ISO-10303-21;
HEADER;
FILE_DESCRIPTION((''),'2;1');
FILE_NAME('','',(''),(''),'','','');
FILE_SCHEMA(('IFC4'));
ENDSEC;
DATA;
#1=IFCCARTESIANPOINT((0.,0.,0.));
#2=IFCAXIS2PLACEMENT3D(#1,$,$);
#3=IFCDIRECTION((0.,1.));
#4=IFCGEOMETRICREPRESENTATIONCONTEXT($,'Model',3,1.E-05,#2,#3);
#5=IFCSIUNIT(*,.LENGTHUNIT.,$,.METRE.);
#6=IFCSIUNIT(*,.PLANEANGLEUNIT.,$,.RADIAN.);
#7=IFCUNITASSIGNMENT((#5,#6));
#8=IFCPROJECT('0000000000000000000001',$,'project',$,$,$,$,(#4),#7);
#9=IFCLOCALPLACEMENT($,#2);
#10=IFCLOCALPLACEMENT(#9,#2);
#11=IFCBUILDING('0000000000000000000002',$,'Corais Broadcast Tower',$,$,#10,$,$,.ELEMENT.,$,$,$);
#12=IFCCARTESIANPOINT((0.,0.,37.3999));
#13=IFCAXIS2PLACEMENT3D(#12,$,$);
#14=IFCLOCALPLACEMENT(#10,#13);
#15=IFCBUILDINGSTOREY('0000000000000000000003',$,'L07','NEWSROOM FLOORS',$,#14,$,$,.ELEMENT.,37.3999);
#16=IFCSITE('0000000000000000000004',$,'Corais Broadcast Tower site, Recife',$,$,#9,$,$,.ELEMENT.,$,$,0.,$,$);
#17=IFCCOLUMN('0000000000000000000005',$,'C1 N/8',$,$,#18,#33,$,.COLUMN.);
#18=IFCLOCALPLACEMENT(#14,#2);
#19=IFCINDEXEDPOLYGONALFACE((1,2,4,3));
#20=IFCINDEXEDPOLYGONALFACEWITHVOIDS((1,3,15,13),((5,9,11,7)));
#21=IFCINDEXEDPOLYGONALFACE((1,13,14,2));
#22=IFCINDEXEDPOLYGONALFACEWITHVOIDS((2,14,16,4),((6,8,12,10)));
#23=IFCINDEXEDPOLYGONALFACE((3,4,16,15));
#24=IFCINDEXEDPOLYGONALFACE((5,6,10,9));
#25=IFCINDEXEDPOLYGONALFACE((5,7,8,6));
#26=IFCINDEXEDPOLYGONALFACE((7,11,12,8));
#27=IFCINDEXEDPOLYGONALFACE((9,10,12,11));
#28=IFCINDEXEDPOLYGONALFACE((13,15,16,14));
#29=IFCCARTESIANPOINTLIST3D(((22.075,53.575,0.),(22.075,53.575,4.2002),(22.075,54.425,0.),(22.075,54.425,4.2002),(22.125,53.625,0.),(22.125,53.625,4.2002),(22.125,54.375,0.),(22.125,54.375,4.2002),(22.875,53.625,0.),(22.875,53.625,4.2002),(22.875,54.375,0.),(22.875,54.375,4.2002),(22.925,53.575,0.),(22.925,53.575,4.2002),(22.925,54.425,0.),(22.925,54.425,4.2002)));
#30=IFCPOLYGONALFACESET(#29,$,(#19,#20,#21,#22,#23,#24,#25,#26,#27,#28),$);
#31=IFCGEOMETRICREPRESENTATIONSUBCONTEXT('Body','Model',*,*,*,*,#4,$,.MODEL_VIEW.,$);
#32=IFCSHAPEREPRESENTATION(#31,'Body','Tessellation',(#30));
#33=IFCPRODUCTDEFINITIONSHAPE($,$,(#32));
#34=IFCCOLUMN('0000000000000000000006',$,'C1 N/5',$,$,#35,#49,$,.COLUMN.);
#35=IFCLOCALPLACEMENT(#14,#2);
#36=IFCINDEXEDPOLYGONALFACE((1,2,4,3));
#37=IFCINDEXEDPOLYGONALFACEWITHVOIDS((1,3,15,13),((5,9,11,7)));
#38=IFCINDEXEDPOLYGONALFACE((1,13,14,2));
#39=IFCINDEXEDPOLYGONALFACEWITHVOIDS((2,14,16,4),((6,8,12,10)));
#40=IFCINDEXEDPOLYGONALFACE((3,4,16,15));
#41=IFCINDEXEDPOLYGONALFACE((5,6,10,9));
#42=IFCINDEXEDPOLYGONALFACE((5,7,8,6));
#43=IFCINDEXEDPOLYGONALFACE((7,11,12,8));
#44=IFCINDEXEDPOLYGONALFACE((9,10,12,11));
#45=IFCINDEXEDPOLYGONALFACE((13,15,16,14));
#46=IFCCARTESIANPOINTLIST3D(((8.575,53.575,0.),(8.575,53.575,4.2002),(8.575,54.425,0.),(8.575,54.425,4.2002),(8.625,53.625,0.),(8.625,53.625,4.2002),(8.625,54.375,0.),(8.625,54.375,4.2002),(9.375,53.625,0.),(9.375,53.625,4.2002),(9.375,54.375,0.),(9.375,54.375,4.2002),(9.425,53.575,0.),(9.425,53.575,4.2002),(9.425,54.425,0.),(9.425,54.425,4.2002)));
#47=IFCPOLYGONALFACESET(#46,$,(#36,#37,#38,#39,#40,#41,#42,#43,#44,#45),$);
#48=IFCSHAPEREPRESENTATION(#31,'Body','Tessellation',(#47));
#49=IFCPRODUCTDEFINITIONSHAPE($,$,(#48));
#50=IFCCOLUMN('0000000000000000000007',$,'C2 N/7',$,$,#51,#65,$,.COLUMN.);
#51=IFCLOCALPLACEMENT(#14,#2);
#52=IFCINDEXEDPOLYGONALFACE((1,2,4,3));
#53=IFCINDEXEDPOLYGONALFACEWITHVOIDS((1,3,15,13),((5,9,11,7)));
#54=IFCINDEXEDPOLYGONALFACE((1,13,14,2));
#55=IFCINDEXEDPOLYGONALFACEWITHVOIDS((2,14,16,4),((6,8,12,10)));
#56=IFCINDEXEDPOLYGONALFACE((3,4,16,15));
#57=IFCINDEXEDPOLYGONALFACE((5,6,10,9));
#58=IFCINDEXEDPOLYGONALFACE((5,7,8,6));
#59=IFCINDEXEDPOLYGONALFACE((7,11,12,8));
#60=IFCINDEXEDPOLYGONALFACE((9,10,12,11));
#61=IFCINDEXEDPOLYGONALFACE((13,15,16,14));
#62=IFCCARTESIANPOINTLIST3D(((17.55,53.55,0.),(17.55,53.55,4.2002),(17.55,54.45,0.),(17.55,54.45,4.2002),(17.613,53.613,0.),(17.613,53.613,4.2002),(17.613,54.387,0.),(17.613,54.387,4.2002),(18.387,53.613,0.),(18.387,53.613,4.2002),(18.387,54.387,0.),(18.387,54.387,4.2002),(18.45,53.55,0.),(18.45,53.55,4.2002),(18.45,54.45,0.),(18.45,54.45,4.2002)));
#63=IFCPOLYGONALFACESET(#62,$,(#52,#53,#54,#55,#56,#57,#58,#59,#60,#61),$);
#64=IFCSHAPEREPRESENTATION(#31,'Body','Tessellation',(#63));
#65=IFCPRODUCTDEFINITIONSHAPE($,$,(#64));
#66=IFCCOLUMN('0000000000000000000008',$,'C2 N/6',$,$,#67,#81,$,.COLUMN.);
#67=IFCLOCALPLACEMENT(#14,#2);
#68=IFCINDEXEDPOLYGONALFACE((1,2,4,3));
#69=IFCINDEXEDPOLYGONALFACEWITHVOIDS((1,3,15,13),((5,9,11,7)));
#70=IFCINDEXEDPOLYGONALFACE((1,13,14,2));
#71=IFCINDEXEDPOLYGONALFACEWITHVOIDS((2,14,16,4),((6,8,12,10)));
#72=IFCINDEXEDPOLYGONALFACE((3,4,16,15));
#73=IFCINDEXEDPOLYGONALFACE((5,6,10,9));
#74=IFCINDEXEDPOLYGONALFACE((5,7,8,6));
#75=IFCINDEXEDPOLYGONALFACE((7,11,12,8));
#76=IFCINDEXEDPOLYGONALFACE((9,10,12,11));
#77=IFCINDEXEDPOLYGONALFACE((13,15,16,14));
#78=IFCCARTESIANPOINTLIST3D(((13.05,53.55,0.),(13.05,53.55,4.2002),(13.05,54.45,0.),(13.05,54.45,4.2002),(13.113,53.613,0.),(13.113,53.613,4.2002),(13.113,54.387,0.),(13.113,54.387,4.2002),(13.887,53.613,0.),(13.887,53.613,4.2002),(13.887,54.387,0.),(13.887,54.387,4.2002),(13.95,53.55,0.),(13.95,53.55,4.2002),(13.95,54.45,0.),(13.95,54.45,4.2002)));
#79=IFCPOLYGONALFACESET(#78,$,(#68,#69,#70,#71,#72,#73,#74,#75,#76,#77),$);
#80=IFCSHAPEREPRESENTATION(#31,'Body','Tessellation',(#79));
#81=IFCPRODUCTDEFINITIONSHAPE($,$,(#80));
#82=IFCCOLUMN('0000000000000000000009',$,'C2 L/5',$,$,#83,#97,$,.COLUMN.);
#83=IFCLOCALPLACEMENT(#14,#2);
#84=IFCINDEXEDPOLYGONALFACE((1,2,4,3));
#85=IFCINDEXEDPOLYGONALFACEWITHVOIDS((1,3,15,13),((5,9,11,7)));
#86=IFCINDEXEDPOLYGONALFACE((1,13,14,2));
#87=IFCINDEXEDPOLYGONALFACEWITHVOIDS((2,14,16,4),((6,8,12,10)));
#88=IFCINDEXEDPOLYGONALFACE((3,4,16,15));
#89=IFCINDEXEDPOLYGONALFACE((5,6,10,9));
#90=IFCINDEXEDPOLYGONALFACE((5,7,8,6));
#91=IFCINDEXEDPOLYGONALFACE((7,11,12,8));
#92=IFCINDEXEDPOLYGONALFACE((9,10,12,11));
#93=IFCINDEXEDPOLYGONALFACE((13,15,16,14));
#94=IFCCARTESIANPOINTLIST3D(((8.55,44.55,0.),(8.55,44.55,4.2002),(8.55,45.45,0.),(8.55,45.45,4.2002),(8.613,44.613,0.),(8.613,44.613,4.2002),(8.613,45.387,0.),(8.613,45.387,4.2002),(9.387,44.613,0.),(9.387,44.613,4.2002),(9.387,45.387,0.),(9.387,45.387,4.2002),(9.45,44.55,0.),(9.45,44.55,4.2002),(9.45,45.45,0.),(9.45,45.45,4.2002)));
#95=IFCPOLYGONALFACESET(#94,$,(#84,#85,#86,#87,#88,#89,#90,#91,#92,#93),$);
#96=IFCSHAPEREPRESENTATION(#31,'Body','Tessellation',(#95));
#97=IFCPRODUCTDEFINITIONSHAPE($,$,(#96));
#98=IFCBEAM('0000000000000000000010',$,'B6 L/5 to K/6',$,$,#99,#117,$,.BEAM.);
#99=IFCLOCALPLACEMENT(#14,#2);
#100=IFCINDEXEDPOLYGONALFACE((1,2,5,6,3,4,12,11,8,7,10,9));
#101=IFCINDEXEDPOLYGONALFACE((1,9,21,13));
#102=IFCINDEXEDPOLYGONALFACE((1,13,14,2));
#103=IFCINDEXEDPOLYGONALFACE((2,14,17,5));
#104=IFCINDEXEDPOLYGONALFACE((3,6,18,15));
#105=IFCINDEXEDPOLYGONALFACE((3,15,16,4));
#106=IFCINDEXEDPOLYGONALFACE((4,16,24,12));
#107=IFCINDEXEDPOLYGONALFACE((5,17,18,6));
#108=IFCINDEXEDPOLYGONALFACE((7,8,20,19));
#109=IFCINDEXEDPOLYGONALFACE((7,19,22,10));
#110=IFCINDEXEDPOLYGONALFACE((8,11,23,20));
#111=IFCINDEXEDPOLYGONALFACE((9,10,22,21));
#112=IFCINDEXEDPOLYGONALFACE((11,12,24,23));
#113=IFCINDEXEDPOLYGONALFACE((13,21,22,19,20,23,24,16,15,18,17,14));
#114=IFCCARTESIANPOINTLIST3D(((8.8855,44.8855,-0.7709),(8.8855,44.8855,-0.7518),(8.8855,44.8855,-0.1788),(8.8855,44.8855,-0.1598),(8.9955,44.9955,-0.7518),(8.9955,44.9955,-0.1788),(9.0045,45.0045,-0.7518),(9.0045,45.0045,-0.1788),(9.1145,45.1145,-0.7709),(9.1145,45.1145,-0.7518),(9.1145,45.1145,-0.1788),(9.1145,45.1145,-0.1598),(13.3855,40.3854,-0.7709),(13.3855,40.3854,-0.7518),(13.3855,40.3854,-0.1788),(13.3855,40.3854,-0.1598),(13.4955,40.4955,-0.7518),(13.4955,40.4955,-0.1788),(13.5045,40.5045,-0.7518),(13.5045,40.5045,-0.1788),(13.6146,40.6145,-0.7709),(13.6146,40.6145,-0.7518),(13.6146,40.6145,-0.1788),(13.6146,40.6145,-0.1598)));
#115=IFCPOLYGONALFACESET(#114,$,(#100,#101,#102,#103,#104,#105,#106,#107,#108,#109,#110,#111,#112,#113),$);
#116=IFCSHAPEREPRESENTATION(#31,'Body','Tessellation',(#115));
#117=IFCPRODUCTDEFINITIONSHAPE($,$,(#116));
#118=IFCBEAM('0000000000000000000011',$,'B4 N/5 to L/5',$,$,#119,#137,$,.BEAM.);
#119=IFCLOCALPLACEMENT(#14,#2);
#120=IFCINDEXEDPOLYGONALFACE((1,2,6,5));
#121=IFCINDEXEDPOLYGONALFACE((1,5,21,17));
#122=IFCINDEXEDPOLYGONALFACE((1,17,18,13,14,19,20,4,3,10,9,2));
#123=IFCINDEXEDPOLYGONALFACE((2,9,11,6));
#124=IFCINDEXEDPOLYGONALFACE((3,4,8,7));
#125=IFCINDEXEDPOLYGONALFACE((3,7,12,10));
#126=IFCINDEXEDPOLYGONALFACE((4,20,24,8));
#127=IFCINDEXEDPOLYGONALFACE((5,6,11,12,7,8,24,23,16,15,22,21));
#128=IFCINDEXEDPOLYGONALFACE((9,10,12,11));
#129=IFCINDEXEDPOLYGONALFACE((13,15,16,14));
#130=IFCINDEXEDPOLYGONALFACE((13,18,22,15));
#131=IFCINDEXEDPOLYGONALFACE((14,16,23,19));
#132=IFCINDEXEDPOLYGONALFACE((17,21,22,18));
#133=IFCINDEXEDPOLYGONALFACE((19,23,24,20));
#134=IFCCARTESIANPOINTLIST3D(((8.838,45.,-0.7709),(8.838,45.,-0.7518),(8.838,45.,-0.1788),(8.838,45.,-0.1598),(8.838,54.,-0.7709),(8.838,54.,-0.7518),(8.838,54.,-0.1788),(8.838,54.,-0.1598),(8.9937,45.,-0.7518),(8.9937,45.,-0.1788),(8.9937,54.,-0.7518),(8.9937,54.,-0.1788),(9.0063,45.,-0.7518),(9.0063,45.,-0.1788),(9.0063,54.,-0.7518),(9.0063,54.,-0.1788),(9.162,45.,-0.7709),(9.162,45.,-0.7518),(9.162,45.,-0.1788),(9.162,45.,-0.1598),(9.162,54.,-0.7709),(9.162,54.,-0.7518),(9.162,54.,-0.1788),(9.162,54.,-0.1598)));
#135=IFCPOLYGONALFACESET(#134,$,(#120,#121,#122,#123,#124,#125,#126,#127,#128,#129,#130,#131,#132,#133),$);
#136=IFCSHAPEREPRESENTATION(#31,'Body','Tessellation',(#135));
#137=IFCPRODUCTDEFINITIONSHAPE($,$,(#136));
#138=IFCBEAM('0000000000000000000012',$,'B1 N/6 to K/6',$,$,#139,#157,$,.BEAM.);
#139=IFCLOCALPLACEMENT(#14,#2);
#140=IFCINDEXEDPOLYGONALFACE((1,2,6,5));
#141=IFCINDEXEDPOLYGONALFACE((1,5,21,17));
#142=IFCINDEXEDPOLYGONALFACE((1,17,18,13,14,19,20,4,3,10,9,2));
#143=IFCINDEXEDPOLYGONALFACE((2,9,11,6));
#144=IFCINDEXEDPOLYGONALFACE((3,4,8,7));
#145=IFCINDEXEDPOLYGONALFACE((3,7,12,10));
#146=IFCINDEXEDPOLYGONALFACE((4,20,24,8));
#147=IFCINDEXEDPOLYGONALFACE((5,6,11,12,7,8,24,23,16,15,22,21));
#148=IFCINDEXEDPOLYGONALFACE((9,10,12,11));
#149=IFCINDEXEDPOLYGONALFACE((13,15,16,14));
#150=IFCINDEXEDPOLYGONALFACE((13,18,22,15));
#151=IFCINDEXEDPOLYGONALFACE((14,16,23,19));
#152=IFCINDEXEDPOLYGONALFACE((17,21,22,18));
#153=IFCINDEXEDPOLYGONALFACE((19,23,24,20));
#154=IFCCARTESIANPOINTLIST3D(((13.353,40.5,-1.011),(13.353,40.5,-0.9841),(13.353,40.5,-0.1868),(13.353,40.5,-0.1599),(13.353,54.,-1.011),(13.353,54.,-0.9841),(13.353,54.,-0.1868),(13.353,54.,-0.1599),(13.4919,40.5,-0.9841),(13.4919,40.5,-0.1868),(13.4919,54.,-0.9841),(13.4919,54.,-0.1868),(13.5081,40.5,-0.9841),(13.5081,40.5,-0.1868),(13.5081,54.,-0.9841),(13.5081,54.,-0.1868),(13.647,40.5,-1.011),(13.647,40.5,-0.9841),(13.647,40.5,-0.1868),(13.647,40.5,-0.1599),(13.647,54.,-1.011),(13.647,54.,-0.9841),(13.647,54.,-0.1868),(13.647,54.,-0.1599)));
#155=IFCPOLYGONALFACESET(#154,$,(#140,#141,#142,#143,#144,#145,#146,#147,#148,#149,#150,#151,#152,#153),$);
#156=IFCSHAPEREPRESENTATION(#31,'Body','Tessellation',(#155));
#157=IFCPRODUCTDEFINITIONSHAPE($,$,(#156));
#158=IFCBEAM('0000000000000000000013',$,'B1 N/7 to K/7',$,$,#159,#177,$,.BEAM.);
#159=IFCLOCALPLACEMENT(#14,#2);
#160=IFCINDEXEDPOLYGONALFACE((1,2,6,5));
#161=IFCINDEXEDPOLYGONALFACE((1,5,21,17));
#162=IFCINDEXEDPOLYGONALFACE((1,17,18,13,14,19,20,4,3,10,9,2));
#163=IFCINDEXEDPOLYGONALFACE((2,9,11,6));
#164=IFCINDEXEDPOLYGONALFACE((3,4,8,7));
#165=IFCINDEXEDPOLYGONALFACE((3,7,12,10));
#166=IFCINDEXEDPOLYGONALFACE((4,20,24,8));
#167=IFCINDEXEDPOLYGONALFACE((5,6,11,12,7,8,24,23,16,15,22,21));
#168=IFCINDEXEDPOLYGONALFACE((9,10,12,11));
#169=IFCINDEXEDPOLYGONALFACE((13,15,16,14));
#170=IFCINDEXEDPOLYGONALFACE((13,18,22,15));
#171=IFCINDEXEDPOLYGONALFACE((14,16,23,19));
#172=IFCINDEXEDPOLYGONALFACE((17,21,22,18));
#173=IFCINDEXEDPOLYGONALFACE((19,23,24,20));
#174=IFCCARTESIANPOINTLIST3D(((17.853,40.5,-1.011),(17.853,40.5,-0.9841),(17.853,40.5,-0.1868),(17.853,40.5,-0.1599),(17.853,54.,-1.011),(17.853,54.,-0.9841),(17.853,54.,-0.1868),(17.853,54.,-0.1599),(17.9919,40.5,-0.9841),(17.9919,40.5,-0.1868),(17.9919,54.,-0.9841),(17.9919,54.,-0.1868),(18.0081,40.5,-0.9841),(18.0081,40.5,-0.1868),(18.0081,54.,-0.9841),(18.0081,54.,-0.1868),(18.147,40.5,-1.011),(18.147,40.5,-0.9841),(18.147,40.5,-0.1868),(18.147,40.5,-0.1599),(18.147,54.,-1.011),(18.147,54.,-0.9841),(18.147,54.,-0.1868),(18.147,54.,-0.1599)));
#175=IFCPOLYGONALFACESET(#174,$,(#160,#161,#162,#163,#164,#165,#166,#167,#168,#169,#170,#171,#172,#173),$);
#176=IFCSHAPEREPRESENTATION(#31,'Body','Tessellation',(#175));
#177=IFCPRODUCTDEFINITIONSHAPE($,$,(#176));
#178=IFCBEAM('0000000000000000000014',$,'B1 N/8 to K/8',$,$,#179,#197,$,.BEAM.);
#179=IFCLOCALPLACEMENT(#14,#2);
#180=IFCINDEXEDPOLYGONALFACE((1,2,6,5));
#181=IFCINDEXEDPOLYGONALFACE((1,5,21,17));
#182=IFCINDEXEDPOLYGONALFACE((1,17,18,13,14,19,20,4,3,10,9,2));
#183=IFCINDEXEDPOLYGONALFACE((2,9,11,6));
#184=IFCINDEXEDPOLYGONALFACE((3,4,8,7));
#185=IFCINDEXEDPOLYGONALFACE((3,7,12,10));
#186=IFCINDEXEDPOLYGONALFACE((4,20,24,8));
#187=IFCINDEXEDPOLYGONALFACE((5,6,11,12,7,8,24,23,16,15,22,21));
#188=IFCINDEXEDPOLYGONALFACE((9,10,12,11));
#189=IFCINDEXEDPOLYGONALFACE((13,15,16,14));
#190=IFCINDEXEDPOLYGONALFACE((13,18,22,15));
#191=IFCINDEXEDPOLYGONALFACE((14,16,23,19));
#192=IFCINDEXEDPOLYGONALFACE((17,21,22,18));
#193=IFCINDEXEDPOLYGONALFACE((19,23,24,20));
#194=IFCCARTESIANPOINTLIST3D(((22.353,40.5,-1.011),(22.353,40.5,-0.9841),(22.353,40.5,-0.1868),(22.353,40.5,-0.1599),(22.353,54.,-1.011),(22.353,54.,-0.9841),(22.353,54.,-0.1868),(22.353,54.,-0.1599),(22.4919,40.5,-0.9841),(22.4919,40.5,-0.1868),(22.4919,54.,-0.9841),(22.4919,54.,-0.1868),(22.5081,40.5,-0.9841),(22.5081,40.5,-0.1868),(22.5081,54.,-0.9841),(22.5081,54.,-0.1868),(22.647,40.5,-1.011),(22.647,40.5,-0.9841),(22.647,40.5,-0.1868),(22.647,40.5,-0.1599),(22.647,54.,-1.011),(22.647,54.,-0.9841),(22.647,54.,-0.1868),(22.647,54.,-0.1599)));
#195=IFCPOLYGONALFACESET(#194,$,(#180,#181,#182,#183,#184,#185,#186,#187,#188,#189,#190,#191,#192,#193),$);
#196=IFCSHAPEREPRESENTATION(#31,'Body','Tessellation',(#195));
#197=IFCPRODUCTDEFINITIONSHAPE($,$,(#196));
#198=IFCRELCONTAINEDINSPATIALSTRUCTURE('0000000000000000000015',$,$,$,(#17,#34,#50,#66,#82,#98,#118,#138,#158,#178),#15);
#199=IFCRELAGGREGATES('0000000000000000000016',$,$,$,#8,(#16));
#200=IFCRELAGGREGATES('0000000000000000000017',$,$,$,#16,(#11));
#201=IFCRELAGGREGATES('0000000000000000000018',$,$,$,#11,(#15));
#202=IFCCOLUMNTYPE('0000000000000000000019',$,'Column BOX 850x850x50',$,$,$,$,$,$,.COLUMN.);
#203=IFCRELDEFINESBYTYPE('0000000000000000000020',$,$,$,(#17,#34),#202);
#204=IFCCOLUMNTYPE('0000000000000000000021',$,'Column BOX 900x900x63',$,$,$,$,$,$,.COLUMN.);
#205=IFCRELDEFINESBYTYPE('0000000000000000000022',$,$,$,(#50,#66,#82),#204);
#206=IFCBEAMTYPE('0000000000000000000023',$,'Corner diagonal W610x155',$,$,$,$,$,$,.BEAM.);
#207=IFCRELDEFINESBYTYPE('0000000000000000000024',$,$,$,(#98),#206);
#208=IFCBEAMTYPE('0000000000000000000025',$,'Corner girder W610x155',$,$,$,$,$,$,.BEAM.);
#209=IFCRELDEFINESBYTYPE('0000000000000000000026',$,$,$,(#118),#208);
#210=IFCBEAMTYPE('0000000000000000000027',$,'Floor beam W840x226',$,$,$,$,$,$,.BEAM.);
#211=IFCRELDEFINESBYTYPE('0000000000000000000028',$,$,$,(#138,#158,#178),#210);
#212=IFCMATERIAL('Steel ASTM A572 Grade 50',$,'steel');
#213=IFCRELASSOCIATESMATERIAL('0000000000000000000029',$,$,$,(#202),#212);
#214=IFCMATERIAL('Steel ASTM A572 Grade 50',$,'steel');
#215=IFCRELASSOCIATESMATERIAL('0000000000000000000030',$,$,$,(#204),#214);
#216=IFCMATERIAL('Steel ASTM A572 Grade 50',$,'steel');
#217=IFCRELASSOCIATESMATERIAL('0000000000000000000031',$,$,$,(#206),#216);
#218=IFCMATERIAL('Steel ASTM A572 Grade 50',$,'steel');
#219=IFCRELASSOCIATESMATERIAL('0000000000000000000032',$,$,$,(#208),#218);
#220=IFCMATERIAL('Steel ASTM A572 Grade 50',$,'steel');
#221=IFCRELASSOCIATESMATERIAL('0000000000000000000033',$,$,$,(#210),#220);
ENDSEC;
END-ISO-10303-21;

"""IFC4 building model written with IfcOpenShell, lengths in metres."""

from ifc_helpers import new_model, si_unit, direction, frame, origin, origin_2d, place, context, subcontext, project, spatial, hollow_rectangle, i_section, extrude, material, material_profile, profile_set, type_object, element, save


model = new_model("IFC4")

# Units and contexts
model_context = context("Model", 3, precision=1e-05, world=origin(), true_north=direction((0.0, 1.0)))
body_context = subcontext(model_context, "Body", "Model", "MODEL_VIEW")
ifc_project = project(units=[si_unit("LENGTHUNIT", "METRE"), si_unit("PLANEANGLEUNIT", "RADIAN")], contexts=[model_context])

# Site, building, storey
site_placement = place(None, origin())
site = spatial("IfcSite", under=ifc_project, at=site_placement, Name="Corais Broadcast Tower site, Recife", CompositionType="ELEMENT", RefElevation=0.0)
building_placement = place(site_placement, origin())
building = spatial("IfcBuilding", under=site, at=building_placement, Name="Corais Broadcast Tower", CompositionType="ELEMENT")
storey_placement = place(building_placement, frame((0.0, 0.0, 37.3999)))
storey = spatial("IfcBuildingStorey", under=building, at=storey_placement, Name="L07", Description="NEWSROOM FLOORS", CompositionType="ELEMENT", Elevation=37.3999)

# Columns
ifc_material_1 = material(Name="Steel ASTM A572 Grade 50", Category="steel")
ifc_material_profile_1 = material_profile(ifc_material_1, hollow_rectangle(XDim=0.8501, YDim=0.8501, WallThickness=0.05, at=origin_2d()), Name="BOX 850x850x50")
ifc_profile_set_1 = profile_set([ifc_material_profile_1], Name="Steel ASTM A572 Grade 50")
column_type_1 = type_object("IfcColumnType", Name="Column BOX 850x850x50", PredefinedType="COLUMN", material=ifc_profile_set_1)
for number, where, z_axis, x_axis, name in (
    (1, (22.5, 54.0, 0.0), (0.0, 0.0, 1.0), (1.0, 0.0, 0.0), "C1 N/8"),
    (2, (9.0, 54.0, 0.0), (0.0, 0.0, 1.0), (1.0, 0.0, 0.0), "C1 N/5"),
):
    element("IfcColumn", number, at=place(storey_placement, frame(where, z_axis=z_axis, x_axis=x_axis)), inside=storey, type_object=column_type_1, Name=name, PredefinedType="COLUMN", context=body_context, shape_type="SweptSolid", body=[
        extrude(hollow_rectangle(XDim=0.8501, YDim=0.8501, WallThickness=0.05, at=origin_2d()), origin(), (0.0, 0.0, 1.0), 4.2002),
    ])
ifc_material_2 = material(Name="Steel ASTM A572 Grade 50", Category="steel")
ifc_material_profile_2 = material_profile(ifc_material_2, hollow_rectangle(XDim=0.8999, YDim=0.8999, WallThickness=0.063, at=origin_2d()), Name="BOX 900x900x63")
ifc_profile_set_2 = profile_set([ifc_material_profile_2], Name="Steel ASTM A572 Grade 50")
column_type_2 = type_object("IfcColumnType", Name="Column BOX 900x900x63", PredefinedType="COLUMN", material=ifc_profile_set_2)
for number, where, z_axis, x_axis, name in (
    (3, (18.0, 54.0, 0.0), (0.0, 0.0, 1.0), (1.0, 0.0, 0.0), "C2 N/7"),
    (4, (13.5, 54.0, 0.0), (0.0, 0.0, 1.0), (1.0, 0.0, 0.0), "C2 N/6"),
    (5, (9.0, 45.0, 0.0), (0.0, 0.0, 1.0), (1.0, 0.0, 0.0), "C2 L/5"),
):
    element("IfcColumn", number, at=place(storey_placement, frame(where, z_axis=z_axis, x_axis=x_axis)), inside=storey, type_object=column_type_2, Name=name, PredefinedType="COLUMN", context=body_context, shape_type="SweptSolid", body=[
        extrude(hollow_rectangle(XDim=0.8999, YDim=0.8999, WallThickness=0.063, at=origin_2d()), origin(), (0.0, 0.0, 1.0), 4.2002),
    ])

# Beams
ifc_material_3 = material(Name="Steel ASTM A572 Grade 50", Category="steel")
ifc_material_profile_3 = material_profile(ifc_material_3, i_section(OverallWidth=0.324, OverallDepth=0.6111, WebThickness=0.0127, FlangeThickness=0.019, at=origin_2d()), Name="W610x155")
ifc_profile_set_3 = profile_set([ifc_material_profile_3], Name="Steel ASTM A572 Grade 50")
beam_type_1 = type_object("IfcBeamType", Name="Corner diagonal W610x155", PredefinedType="BEAM", material=ifc_profile_set_3)
beam_1_placement = place(storey_placement, frame((9.0, 45.0, -0.4653), z_axis=(0.707107, -0.707107, 0.0), x_axis=(0.707107, 0.707107, 0.0)))
element("IfcBeam", 6, at=beam_1_placement, inside=storey, type_object=beam_type_1, Name="B6 L/5 to K/6", PredefinedType="BEAM", context=body_context, shape_type="SweptSolid", body=[
    extrude(i_section(OverallWidth=0.324, OverallDepth=0.6111, WebThickness=0.0127, FlangeThickness=0.019, at=origin_2d()), origin(), (0.0, 0.0, 1.0), 6.364),
])
ifc_material_4 = material(Name="Steel ASTM A572 Grade 50", Category="steel")
ifc_material_profile_4 = material_profile(ifc_material_4, i_section(OverallWidth=0.324, OverallDepth=0.6111, WebThickness=0.0127, FlangeThickness=0.019, at=origin_2d()), Name="W610x155")
ifc_profile_set_4 = profile_set([ifc_material_profile_4], Name="Steel ASTM A572 Grade 50")
beam_type_2 = type_object("IfcBeamType", Name="Corner girder W610x155", PredefinedType="BEAM", material=ifc_profile_set_4)
beam_2_placement = place(storey_placement, frame((9.0, 54.0, -0.4653), z_axis=(0.0, -1.0, 0.0), x_axis=(1.0, 0.0, 0.0)))
element("IfcBeam", 7, at=beam_2_placement, inside=storey, type_object=beam_type_2, Name="B4 N/5 to L/5", PredefinedType="BEAM", context=body_context, shape_type="SweptSolid", body=[
    extrude(i_section(OverallWidth=0.324, OverallDepth=0.6111, WebThickness=0.0127, FlangeThickness=0.019, at=origin_2d()), origin(), (0.0, 0.0, 1.0), 9.0),
])
ifc_material_5 = material(Name="Steel ASTM A572 Grade 50", Category="steel")
ifc_material_profile_5 = material_profile(ifc_material_5, i_section(OverallWidth=0.2939, OverallDepth=0.8511, WebThickness=0.0161, FlangeThickness=0.0269, at=origin_2d()), Name="W840x226")
ifc_profile_set_5 = profile_set([ifc_material_profile_5], Name="Steel ASTM A572 Grade 50")
beam_type_3 = type_object("IfcBeamType", Name="Floor beam W840x226", PredefinedType="BEAM", material=ifc_profile_set_5)
for number, where, z_axis, x_axis, name in (
    (8, (13.5, 54.0, -0.5854), (0.0, -1.0, 0.0), (1.0, 0.0, 0.0), "B1 N/6 to K/6"),
    (9, (18.0, 54.0, -0.5854), (0.0, -1.0, 0.0), (1.0, 0.0, 0.0), "B1 N/7 to K/7"),
    (10, (22.5, 54.0, -0.5854), (0.0, -1.0, 0.0), (1.0, 0.0, 0.0), "B1 N/8 to K/8"),
):
    element("IfcBeam", number, at=place(storey_placement, frame(where, z_axis=z_axis, x_axis=x_axis)), inside=storey, type_object=beam_type_3, Name=name, PredefinedType="BEAM", context=body_context, shape_type="SweptSolid", body=[
        extrude(i_section(OverallWidth=0.2939, OverallDepth=0.8511, WebThickness=0.0161, FlangeThickness=0.0269, at=origin_2d()), origin(), (0.0, 0.0, 1.0), 13.5),
    ])

save(model, "model.ifc")
